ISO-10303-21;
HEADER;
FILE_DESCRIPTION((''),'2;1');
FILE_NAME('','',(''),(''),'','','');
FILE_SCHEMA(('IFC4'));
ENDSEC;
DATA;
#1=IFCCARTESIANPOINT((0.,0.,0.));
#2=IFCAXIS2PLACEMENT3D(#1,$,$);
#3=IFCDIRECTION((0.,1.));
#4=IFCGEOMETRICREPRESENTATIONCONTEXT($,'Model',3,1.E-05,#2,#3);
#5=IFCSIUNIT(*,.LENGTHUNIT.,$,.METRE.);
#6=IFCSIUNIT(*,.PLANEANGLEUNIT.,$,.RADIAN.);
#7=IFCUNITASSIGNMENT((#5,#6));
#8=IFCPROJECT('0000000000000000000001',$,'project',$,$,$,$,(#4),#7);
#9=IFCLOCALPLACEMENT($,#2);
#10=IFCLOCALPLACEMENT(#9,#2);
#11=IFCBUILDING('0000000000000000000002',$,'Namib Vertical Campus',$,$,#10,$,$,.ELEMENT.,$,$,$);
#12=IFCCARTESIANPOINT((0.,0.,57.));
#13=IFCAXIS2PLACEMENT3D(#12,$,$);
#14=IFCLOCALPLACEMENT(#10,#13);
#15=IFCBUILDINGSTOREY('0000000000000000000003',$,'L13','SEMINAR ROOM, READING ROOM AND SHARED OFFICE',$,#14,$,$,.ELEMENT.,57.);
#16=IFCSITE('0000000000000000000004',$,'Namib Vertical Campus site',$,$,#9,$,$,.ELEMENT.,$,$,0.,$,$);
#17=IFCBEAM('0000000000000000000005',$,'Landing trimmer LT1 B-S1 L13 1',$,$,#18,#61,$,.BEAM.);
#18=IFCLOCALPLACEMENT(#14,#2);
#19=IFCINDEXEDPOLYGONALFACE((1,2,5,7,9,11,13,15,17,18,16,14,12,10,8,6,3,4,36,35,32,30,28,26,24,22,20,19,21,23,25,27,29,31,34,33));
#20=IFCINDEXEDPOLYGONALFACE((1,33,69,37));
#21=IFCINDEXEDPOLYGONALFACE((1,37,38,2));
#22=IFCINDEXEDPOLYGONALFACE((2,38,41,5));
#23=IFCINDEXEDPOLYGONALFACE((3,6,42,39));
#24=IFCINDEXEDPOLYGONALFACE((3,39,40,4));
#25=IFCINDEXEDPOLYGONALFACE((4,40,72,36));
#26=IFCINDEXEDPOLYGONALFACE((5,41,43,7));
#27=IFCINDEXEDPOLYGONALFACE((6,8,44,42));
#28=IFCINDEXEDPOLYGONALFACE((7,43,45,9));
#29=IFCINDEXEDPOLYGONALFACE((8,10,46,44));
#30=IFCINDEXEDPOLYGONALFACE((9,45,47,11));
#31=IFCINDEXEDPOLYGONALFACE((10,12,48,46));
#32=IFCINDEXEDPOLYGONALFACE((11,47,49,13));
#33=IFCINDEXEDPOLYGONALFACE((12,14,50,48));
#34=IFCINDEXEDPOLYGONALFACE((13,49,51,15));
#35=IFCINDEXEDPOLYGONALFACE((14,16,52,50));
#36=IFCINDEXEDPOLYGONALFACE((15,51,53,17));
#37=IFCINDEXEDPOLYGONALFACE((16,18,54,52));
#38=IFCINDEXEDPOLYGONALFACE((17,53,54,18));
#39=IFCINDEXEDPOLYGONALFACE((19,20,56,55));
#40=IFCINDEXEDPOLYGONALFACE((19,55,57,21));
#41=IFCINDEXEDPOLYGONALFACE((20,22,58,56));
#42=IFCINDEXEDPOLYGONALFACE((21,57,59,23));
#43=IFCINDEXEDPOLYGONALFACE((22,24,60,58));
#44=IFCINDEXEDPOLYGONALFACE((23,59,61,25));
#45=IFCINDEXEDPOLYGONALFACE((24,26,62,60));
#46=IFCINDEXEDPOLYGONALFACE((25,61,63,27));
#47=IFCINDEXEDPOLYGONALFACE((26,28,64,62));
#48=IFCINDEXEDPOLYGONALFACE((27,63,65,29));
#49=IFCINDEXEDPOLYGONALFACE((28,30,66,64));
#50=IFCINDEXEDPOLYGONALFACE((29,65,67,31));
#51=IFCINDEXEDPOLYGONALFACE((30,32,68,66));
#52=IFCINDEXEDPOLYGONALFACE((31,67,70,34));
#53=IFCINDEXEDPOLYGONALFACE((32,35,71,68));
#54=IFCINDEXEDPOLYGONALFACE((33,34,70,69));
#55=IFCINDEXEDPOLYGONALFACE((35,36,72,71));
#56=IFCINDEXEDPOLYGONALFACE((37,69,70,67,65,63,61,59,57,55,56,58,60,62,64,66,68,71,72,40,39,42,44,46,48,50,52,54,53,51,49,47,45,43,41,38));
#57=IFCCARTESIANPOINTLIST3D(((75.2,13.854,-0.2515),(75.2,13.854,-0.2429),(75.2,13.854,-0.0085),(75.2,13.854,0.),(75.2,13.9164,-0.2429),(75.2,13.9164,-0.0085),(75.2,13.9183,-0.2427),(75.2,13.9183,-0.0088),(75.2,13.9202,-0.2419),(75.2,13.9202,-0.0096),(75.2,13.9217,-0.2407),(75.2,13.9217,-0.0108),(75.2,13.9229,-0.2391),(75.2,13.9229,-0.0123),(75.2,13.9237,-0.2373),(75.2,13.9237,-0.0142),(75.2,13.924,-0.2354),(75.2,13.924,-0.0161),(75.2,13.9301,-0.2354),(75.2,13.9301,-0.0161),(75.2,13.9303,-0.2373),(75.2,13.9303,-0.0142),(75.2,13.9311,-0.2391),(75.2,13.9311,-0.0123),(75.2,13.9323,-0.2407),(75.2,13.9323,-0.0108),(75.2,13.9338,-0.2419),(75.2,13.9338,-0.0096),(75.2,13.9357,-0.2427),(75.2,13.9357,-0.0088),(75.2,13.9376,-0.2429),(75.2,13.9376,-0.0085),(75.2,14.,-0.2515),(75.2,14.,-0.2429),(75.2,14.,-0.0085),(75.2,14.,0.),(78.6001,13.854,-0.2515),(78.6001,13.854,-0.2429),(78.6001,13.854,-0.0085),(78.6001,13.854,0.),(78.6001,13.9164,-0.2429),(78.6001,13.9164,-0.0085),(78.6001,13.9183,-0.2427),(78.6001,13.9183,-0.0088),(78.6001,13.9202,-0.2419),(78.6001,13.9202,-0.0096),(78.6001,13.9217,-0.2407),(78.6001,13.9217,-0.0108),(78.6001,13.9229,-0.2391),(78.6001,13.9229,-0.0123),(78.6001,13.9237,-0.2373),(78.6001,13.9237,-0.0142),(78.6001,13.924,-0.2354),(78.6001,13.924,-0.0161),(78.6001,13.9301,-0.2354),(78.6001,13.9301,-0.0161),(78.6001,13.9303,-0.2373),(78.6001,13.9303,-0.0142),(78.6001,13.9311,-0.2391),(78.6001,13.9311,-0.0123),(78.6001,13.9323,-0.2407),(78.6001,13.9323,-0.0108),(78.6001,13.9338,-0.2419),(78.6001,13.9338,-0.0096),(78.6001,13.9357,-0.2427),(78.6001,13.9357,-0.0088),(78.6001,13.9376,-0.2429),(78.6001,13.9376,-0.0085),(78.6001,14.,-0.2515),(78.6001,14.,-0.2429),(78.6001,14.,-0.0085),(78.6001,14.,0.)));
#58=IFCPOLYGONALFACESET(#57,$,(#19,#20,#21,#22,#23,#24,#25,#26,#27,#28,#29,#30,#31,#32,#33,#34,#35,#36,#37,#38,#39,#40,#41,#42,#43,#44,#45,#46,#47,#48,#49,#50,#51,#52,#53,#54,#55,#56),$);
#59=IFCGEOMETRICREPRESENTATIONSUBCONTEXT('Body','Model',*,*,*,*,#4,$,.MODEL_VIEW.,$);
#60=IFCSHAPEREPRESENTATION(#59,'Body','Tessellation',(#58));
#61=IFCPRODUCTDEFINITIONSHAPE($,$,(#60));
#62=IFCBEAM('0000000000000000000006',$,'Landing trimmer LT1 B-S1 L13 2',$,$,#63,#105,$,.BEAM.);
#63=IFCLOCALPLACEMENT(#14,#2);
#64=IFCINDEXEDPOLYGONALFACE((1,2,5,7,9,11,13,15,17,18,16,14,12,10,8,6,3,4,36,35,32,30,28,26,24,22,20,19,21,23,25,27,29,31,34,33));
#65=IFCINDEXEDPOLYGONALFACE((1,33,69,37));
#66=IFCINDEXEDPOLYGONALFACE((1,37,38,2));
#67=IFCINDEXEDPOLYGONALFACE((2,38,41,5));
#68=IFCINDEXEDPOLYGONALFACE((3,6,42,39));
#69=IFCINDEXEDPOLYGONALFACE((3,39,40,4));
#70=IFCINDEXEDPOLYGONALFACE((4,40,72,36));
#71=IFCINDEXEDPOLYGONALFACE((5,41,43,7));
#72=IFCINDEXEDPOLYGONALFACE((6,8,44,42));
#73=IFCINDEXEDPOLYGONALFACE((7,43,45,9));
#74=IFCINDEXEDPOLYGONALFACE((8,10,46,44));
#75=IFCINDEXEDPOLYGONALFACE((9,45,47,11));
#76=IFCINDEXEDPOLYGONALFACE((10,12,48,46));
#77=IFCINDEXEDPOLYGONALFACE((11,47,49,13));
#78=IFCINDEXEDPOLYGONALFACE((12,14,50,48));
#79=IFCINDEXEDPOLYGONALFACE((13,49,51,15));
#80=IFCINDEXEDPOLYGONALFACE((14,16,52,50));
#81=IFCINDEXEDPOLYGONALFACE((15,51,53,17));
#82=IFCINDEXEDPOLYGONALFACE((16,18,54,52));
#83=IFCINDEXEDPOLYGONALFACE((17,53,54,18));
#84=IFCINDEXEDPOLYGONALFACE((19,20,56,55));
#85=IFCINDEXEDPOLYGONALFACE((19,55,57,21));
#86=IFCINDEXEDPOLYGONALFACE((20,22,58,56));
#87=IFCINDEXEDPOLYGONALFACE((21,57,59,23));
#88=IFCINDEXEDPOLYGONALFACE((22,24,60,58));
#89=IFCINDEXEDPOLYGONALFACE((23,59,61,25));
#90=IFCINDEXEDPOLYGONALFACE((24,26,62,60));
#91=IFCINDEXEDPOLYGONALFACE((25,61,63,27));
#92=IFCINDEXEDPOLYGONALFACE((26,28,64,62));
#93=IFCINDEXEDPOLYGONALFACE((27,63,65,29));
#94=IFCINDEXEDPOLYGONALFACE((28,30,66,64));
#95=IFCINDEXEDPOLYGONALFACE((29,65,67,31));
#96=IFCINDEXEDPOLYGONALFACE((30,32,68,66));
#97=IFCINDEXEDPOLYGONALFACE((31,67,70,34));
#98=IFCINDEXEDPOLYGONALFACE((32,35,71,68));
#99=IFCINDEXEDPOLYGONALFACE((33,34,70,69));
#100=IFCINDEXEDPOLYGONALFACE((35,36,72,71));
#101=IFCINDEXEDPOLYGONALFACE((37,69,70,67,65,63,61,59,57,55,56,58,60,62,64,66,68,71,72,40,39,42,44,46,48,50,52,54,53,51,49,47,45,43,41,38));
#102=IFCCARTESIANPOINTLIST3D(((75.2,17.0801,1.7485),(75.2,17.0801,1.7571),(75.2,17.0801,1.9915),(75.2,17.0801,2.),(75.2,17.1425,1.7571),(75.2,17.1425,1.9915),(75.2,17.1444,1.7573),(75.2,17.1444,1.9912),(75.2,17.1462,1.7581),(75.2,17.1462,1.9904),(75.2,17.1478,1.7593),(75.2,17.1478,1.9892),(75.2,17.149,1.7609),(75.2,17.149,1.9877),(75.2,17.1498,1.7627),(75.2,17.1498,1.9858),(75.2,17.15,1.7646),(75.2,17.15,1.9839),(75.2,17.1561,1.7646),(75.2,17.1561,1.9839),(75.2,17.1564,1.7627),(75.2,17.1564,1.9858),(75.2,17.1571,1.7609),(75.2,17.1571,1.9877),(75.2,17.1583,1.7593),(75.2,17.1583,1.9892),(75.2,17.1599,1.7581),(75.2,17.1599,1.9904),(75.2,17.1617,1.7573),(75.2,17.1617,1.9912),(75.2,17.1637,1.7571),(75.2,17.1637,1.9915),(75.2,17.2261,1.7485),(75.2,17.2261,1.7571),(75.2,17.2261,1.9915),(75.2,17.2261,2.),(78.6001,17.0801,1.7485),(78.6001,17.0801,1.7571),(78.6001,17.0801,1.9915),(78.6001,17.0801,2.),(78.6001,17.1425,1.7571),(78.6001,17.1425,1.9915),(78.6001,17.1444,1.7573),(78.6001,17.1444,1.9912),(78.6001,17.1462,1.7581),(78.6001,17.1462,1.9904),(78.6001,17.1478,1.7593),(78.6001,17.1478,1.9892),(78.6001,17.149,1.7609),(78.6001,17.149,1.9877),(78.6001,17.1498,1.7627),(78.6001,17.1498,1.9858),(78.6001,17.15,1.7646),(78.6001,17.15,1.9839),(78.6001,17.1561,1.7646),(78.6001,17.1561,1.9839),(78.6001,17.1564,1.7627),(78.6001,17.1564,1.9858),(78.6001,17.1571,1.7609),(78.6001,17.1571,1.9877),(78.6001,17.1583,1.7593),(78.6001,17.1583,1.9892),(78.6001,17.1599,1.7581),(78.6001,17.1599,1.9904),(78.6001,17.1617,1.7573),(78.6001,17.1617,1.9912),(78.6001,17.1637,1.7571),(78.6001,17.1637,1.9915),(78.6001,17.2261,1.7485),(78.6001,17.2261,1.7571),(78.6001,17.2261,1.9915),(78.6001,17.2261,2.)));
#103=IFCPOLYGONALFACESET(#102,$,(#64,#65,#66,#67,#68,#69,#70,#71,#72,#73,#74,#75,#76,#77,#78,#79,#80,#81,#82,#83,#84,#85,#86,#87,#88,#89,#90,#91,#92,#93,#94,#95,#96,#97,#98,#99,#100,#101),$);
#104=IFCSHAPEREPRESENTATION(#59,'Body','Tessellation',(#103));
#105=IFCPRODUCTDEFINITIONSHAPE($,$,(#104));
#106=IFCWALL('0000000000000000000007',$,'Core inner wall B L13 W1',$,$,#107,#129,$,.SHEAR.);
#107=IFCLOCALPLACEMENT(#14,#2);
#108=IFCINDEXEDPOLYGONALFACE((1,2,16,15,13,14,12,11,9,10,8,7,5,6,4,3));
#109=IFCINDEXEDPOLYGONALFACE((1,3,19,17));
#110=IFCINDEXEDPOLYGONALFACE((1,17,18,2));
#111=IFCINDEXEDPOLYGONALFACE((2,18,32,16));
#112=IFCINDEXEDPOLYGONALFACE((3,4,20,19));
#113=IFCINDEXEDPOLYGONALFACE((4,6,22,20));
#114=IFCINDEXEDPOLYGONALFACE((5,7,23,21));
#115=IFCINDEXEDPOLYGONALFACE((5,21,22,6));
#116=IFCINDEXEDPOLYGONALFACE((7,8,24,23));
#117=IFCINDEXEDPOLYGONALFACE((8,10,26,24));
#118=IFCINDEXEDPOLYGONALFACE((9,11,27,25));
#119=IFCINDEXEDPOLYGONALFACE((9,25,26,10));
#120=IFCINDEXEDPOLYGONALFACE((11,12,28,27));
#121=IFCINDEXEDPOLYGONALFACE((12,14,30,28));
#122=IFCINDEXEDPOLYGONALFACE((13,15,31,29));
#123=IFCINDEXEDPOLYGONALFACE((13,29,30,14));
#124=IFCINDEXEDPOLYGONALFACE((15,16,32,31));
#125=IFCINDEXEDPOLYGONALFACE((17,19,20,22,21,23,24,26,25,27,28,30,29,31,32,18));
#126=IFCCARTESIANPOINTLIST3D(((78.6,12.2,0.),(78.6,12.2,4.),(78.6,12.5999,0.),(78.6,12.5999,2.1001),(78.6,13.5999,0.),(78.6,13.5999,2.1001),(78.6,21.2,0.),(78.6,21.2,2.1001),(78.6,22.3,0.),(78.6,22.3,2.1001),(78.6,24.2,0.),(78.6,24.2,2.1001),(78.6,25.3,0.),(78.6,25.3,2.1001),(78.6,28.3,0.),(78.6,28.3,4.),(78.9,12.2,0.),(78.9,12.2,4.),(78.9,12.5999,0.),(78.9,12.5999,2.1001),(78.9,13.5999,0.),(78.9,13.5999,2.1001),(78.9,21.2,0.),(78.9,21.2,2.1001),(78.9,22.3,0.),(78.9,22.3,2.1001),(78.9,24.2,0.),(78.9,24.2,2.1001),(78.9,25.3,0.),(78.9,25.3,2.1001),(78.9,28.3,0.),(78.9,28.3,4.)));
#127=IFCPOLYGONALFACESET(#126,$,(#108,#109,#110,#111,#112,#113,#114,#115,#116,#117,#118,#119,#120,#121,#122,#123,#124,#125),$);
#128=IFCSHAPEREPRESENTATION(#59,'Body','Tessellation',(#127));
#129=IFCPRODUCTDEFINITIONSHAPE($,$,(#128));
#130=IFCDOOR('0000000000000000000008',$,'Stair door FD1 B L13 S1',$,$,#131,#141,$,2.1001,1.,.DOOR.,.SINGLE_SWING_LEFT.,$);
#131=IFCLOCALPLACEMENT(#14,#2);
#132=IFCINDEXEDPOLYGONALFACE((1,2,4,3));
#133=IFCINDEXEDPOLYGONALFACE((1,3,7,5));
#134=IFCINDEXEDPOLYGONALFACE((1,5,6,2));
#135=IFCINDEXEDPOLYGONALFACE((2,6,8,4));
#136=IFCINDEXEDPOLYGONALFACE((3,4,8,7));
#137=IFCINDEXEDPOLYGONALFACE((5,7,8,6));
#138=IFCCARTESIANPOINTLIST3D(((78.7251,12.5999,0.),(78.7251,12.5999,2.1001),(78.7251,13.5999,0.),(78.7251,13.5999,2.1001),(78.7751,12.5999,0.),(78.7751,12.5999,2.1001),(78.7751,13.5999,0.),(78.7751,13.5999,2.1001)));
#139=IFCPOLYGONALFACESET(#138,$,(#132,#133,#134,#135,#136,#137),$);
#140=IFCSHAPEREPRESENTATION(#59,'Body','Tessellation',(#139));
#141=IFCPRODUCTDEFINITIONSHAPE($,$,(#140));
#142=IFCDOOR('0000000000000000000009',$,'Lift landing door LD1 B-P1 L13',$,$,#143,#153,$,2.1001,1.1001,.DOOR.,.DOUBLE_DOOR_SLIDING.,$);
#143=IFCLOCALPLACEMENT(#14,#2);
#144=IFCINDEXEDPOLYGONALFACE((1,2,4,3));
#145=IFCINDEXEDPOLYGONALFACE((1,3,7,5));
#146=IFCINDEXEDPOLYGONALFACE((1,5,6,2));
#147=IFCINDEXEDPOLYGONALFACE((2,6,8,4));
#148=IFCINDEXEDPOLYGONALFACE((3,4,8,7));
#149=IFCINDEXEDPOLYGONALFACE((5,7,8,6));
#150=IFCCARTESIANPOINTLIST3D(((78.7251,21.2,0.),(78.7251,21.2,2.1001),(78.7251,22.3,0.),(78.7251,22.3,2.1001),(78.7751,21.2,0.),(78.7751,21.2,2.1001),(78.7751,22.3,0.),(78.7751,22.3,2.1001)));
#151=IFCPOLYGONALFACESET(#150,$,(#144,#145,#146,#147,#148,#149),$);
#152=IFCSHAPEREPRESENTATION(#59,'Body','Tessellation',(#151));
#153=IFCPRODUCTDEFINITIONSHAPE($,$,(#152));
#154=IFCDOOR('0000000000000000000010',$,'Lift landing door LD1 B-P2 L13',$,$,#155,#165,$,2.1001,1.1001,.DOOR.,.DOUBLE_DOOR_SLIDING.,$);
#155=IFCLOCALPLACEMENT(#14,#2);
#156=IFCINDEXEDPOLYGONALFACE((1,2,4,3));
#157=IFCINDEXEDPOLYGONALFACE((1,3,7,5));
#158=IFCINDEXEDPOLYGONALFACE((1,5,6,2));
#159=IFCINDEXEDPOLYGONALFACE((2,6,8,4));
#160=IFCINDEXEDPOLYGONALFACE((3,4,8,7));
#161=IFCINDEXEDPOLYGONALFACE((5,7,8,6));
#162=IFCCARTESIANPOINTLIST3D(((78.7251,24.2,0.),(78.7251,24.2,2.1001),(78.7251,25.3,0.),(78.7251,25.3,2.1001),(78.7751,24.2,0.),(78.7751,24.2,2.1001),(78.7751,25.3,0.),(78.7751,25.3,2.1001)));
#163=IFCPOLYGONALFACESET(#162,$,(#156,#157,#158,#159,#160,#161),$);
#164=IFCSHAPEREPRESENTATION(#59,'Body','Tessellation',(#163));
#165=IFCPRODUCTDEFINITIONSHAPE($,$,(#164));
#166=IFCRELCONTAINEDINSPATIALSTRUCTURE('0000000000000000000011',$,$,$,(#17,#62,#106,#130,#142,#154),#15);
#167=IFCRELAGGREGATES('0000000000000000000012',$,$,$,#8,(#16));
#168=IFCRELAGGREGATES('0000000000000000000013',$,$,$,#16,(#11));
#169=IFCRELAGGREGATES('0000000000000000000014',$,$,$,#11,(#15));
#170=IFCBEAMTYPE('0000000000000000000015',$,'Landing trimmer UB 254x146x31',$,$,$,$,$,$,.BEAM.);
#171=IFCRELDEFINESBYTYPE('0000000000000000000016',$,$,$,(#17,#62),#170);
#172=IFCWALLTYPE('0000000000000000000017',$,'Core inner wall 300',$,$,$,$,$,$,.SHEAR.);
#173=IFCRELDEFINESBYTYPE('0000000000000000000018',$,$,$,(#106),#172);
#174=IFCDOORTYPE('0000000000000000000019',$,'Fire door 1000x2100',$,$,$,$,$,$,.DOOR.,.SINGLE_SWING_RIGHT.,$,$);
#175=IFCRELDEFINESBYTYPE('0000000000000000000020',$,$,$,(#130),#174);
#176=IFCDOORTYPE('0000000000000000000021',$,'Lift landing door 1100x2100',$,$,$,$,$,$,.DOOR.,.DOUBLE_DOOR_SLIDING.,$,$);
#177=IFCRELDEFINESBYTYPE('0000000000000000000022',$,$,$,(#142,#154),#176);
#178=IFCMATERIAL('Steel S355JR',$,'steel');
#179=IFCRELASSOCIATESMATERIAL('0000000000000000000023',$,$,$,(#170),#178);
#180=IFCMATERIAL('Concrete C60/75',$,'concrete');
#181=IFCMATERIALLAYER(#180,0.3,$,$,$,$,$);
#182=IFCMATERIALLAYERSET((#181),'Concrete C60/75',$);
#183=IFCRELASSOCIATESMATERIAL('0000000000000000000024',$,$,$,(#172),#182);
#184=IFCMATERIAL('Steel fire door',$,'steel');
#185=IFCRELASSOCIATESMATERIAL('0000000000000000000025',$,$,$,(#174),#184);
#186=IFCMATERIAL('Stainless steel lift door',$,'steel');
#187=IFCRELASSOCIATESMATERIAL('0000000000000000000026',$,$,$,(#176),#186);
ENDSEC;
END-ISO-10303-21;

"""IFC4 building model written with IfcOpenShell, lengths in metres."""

from ifc_helpers import new_model, si_unit, direction, frame, frame_2d, origin, origin_2d, place, context, subcontext, project, spatial, rectangle, i_section, extrude, material, layer, layer_set, material_profile, profile_set, type_object, element, fill, save


model = new_model("IFC4")

# Units and contexts
model_context = context("Model", 3, precision=1e-05, world=origin(), true_north=direction((0.0, 1.0)))
body_context = subcontext(model_context, "Body", "Model", "MODEL_VIEW")
ifc_project = project(units=[si_unit("LENGTHUNIT", "METRE"), si_unit("PLANEANGLEUNIT", "RADIAN")], contexts=[model_context])

# Site, building, storey
site_placement = place(None, origin())
site = spatial("IfcSite", under=ifc_project, at=site_placement, Name="Namib Vertical Campus site", CompositionType="ELEMENT", RefElevation=0.0)
building_placement = place(site_placement, origin())
building = spatial("IfcBuilding", under=site, at=building_placement, Name="Namib Vertical Campus", CompositionType="ELEMENT")
storey_placement = place(building_placement, frame((0.0, 0.0, 57.0)))
storey = spatial("IfcBuildingStorey", under=building, at=storey_placement, Name="L13", Description="SEMINAR ROOM, READING ROOM AND SHARED OFFICE", CompositionType="ELEMENT", Elevation=57.0)

# Beams
ifc_material_1 = material(Name="Steel S355JR", Category="steel")
ifc_material_profile = material_profile(ifc_material_1, i_section(OverallWidth=0.146, OverallDepth=0.2515, WebThickness=0.0061, FlangeThickness=0.0085, FilletRadius=0.0076, at=origin_2d()))
ifc_profile_set = profile_set([ifc_material_profile], Name="Steel S355JR")
beam_type = type_object("IfcBeamType", Name="Landing trimmer UB 254x146x31", PredefinedType="BEAM", material=ifc_profile_set)
for number, where, z_axis, x_axis, name in (
    (1, (75.2, 13.927, -0.1257), (1.0, 0.0, 0.0), (0.0, 1.0, 0.0), "Landing trimmer LT1 B-S1 L13 1"),
    (2, (75.2, 17.1531, 1.8743), (1.0, 0.0, 0.0), (0.0, 1.0, 0.0), "Landing trimmer LT1 B-S1 L13 2"),
):
    element("IfcBeam", number, at=place(storey_placement, frame(where, z_axis=z_axis, x_axis=x_axis)), inside=storey, type_object=beam_type, Name=name, PredefinedType="BEAM", context=body_context, shape_type="SweptSolid", body=[
        extrude(i_section(OverallWidth=0.146, OverallDepth=0.2515, WebThickness=0.0061, FlangeThickness=0.0085, FilletRadius=0.0076, at=origin_2d()), origin(), (0.0, 0.0, 1.0), 3.4001),
    ])

# Wall, openings, doors
ifc_material_2 = material(Name="Concrete C60/75", Category="concrete")
ifc_layer = layer(ifc_material_2, 0.3)
ifc_layer_set = layer_set([ifc_layer], Name="Concrete C60/75")
wall_type = type_object("IfcWallType", Name="Core inner wall 300", PredefinedType="SHEAR", material=ifc_layer_set)
wall_1_placement = place(storey_placement, frame((78.75, 12.2, 0.0), z_axis=(0.0, 0.0, 1.0), x_axis=(0.0, 1.0, 0.0)))
wall_1 = element("IfcWall", 3, at=wall_1_placement, inside=storey, type_object=wall_type, Name="Core inner wall B L13 W1", PredefinedType="SHEAR", context=body_context, shape_type="SweptSolid", body=[
    extrude(rectangle(XDim=16.1001, YDim=0.3, at=frame_2d((8.05, 0.0))), origin(), (0.0, 0.0, 1.0), 4.0),
])
opening_1_placement = place(wall_1_placement, frame((0.3999, 0.0, 0.0)))
opening_1 = element("IfcOpeningElement", 4, at=opening_1_placement, cuts=wall_1, PredefinedType="OPENING", context=body_context, shape_type="SweptSolid", body=[
    extrude(rectangle(XDim=1.0, YDim=2.1001, at=frame_2d((0.5, 1.05))), frame((0.0, 0.1599, 0.0), z_axis=(0.0, -1.0, 0.0), x_axis=(1.0, 0.0, 0.0)), (0.0, 0.0, 1.0), 0.3201),
])
opening_2_placement = place(wall_1_placement, frame((9.0, 0.0, 0.0)))
opening_2 = element("IfcOpeningElement", 5, at=opening_2_placement, cuts=wall_1, PredefinedType="OPENING", context=body_context, shape_type="SweptSolid", body=[
    extrude(rectangle(XDim=1.1001, YDim=2.1001, at=frame_2d((0.55, 1.05))), frame((0.0, 0.1599, 0.0), z_axis=(0.0, -1.0, 0.0), x_axis=(1.0, 0.0, 0.0)), (0.0, 0.0, 1.0), 0.3201),
])
opening_3_placement = place(wall_1_placement, frame((12.0, 0.0, 0.0)))
opening_3 = element("IfcOpeningElement", 6, at=opening_3_placement, cuts=wall_1, PredefinedType="OPENING", context=body_context, shape_type="SweptSolid", body=[
    extrude(rectangle(XDim=1.1001, YDim=2.1001, at=frame_2d((0.55, 1.05))), frame((0.0, 0.1599, 0.0), z_axis=(0.0, -1.0, 0.0), x_axis=(1.0, 0.0, 0.0)), (0.0, 0.0, 1.0), 0.3201),
])
ifc_material_3 = material(Name="Steel fire door", Category="steel")
door_type_1 = type_object("IfcDoorType", Name="Fire door 1000x2100", OperationType="SINGLE_SWING_RIGHT", PredefinedType="DOOR", material=ifc_material_3)
door_1_placement = place(opening_1_placement, origin())
door_1 = element("IfcDoor", 7, at=door_1_placement, inside=storey, type_object=door_type_1, Name="Stair door FD1 B L13 S1", OperationType="SINGLE_SWING_LEFT", OverallHeight=2.1001, OverallWidth=1.0, PredefinedType="DOOR", context=body_context, shape_type="SweptSolid", body=[
    extrude(rectangle(XDim=1.0, YDim=2.1001, at=frame_2d((0.5, 1.05))), frame((0.0, 0.0249, 0.0), z_axis=(0.0, -1.0, 0.0), x_axis=(1.0, 0.0, 0.0)), (0.0, 0.0, 1.0), 0.05),
])
fill(opening_1, door_1)
ifc_material_4 = material(Name="Stainless steel lift door", Category="steel")
door_type_2 = type_object("IfcDoorType", Name="Lift landing door 1100x2100", OperationType="DOUBLE_DOOR_SLIDING", PredefinedType="DOOR", material=ifc_material_4)
door_2_placement = place(opening_2_placement, origin())
door_2 = element("IfcDoor", 8, at=door_2_placement, inside=storey, type_object=door_type_2, Name="Lift landing door LD1 B-P1 L13", OperationType="DOUBLE_DOOR_SLIDING", OverallHeight=2.1001, OverallWidth=1.1001, PredefinedType="DOOR", context=body_context, shape_type="SweptSolid", body=[
    extrude(rectangle(XDim=1.1001, YDim=2.1001, at=frame_2d((0.55, 1.05))), frame((0.0, 0.0249, 0.0), z_axis=(0.0, -1.0, 0.0), x_axis=(1.0, 0.0, 0.0)), (0.0, 0.0, 1.0), 0.05),
])
fill(opening_2, door_2)
door_3_placement = place(opening_3_placement, origin())
door_3 = element("IfcDoor", 9, at=door_3_placement, inside=storey, type_object=door_type_2, Name="Lift landing door LD1 B-P2 L13", OperationType="DOUBLE_DOOR_SLIDING", OverallHeight=2.1001, OverallWidth=1.1001, PredefinedType="DOOR", context=body_context, shape_type="SweptSolid", body=[
    extrude(rectangle(XDim=1.1001, YDim=2.1001, at=frame_2d((0.55, 1.05))), frame((0.0, 0.0249, 0.0), z_axis=(0.0, -1.0, 0.0), x_axis=(1.0, 0.0, 0.0)), (0.0, 0.0, 1.0), 0.05),
])
fill(opening_3, door_3)

save(model, "model.ifc")
